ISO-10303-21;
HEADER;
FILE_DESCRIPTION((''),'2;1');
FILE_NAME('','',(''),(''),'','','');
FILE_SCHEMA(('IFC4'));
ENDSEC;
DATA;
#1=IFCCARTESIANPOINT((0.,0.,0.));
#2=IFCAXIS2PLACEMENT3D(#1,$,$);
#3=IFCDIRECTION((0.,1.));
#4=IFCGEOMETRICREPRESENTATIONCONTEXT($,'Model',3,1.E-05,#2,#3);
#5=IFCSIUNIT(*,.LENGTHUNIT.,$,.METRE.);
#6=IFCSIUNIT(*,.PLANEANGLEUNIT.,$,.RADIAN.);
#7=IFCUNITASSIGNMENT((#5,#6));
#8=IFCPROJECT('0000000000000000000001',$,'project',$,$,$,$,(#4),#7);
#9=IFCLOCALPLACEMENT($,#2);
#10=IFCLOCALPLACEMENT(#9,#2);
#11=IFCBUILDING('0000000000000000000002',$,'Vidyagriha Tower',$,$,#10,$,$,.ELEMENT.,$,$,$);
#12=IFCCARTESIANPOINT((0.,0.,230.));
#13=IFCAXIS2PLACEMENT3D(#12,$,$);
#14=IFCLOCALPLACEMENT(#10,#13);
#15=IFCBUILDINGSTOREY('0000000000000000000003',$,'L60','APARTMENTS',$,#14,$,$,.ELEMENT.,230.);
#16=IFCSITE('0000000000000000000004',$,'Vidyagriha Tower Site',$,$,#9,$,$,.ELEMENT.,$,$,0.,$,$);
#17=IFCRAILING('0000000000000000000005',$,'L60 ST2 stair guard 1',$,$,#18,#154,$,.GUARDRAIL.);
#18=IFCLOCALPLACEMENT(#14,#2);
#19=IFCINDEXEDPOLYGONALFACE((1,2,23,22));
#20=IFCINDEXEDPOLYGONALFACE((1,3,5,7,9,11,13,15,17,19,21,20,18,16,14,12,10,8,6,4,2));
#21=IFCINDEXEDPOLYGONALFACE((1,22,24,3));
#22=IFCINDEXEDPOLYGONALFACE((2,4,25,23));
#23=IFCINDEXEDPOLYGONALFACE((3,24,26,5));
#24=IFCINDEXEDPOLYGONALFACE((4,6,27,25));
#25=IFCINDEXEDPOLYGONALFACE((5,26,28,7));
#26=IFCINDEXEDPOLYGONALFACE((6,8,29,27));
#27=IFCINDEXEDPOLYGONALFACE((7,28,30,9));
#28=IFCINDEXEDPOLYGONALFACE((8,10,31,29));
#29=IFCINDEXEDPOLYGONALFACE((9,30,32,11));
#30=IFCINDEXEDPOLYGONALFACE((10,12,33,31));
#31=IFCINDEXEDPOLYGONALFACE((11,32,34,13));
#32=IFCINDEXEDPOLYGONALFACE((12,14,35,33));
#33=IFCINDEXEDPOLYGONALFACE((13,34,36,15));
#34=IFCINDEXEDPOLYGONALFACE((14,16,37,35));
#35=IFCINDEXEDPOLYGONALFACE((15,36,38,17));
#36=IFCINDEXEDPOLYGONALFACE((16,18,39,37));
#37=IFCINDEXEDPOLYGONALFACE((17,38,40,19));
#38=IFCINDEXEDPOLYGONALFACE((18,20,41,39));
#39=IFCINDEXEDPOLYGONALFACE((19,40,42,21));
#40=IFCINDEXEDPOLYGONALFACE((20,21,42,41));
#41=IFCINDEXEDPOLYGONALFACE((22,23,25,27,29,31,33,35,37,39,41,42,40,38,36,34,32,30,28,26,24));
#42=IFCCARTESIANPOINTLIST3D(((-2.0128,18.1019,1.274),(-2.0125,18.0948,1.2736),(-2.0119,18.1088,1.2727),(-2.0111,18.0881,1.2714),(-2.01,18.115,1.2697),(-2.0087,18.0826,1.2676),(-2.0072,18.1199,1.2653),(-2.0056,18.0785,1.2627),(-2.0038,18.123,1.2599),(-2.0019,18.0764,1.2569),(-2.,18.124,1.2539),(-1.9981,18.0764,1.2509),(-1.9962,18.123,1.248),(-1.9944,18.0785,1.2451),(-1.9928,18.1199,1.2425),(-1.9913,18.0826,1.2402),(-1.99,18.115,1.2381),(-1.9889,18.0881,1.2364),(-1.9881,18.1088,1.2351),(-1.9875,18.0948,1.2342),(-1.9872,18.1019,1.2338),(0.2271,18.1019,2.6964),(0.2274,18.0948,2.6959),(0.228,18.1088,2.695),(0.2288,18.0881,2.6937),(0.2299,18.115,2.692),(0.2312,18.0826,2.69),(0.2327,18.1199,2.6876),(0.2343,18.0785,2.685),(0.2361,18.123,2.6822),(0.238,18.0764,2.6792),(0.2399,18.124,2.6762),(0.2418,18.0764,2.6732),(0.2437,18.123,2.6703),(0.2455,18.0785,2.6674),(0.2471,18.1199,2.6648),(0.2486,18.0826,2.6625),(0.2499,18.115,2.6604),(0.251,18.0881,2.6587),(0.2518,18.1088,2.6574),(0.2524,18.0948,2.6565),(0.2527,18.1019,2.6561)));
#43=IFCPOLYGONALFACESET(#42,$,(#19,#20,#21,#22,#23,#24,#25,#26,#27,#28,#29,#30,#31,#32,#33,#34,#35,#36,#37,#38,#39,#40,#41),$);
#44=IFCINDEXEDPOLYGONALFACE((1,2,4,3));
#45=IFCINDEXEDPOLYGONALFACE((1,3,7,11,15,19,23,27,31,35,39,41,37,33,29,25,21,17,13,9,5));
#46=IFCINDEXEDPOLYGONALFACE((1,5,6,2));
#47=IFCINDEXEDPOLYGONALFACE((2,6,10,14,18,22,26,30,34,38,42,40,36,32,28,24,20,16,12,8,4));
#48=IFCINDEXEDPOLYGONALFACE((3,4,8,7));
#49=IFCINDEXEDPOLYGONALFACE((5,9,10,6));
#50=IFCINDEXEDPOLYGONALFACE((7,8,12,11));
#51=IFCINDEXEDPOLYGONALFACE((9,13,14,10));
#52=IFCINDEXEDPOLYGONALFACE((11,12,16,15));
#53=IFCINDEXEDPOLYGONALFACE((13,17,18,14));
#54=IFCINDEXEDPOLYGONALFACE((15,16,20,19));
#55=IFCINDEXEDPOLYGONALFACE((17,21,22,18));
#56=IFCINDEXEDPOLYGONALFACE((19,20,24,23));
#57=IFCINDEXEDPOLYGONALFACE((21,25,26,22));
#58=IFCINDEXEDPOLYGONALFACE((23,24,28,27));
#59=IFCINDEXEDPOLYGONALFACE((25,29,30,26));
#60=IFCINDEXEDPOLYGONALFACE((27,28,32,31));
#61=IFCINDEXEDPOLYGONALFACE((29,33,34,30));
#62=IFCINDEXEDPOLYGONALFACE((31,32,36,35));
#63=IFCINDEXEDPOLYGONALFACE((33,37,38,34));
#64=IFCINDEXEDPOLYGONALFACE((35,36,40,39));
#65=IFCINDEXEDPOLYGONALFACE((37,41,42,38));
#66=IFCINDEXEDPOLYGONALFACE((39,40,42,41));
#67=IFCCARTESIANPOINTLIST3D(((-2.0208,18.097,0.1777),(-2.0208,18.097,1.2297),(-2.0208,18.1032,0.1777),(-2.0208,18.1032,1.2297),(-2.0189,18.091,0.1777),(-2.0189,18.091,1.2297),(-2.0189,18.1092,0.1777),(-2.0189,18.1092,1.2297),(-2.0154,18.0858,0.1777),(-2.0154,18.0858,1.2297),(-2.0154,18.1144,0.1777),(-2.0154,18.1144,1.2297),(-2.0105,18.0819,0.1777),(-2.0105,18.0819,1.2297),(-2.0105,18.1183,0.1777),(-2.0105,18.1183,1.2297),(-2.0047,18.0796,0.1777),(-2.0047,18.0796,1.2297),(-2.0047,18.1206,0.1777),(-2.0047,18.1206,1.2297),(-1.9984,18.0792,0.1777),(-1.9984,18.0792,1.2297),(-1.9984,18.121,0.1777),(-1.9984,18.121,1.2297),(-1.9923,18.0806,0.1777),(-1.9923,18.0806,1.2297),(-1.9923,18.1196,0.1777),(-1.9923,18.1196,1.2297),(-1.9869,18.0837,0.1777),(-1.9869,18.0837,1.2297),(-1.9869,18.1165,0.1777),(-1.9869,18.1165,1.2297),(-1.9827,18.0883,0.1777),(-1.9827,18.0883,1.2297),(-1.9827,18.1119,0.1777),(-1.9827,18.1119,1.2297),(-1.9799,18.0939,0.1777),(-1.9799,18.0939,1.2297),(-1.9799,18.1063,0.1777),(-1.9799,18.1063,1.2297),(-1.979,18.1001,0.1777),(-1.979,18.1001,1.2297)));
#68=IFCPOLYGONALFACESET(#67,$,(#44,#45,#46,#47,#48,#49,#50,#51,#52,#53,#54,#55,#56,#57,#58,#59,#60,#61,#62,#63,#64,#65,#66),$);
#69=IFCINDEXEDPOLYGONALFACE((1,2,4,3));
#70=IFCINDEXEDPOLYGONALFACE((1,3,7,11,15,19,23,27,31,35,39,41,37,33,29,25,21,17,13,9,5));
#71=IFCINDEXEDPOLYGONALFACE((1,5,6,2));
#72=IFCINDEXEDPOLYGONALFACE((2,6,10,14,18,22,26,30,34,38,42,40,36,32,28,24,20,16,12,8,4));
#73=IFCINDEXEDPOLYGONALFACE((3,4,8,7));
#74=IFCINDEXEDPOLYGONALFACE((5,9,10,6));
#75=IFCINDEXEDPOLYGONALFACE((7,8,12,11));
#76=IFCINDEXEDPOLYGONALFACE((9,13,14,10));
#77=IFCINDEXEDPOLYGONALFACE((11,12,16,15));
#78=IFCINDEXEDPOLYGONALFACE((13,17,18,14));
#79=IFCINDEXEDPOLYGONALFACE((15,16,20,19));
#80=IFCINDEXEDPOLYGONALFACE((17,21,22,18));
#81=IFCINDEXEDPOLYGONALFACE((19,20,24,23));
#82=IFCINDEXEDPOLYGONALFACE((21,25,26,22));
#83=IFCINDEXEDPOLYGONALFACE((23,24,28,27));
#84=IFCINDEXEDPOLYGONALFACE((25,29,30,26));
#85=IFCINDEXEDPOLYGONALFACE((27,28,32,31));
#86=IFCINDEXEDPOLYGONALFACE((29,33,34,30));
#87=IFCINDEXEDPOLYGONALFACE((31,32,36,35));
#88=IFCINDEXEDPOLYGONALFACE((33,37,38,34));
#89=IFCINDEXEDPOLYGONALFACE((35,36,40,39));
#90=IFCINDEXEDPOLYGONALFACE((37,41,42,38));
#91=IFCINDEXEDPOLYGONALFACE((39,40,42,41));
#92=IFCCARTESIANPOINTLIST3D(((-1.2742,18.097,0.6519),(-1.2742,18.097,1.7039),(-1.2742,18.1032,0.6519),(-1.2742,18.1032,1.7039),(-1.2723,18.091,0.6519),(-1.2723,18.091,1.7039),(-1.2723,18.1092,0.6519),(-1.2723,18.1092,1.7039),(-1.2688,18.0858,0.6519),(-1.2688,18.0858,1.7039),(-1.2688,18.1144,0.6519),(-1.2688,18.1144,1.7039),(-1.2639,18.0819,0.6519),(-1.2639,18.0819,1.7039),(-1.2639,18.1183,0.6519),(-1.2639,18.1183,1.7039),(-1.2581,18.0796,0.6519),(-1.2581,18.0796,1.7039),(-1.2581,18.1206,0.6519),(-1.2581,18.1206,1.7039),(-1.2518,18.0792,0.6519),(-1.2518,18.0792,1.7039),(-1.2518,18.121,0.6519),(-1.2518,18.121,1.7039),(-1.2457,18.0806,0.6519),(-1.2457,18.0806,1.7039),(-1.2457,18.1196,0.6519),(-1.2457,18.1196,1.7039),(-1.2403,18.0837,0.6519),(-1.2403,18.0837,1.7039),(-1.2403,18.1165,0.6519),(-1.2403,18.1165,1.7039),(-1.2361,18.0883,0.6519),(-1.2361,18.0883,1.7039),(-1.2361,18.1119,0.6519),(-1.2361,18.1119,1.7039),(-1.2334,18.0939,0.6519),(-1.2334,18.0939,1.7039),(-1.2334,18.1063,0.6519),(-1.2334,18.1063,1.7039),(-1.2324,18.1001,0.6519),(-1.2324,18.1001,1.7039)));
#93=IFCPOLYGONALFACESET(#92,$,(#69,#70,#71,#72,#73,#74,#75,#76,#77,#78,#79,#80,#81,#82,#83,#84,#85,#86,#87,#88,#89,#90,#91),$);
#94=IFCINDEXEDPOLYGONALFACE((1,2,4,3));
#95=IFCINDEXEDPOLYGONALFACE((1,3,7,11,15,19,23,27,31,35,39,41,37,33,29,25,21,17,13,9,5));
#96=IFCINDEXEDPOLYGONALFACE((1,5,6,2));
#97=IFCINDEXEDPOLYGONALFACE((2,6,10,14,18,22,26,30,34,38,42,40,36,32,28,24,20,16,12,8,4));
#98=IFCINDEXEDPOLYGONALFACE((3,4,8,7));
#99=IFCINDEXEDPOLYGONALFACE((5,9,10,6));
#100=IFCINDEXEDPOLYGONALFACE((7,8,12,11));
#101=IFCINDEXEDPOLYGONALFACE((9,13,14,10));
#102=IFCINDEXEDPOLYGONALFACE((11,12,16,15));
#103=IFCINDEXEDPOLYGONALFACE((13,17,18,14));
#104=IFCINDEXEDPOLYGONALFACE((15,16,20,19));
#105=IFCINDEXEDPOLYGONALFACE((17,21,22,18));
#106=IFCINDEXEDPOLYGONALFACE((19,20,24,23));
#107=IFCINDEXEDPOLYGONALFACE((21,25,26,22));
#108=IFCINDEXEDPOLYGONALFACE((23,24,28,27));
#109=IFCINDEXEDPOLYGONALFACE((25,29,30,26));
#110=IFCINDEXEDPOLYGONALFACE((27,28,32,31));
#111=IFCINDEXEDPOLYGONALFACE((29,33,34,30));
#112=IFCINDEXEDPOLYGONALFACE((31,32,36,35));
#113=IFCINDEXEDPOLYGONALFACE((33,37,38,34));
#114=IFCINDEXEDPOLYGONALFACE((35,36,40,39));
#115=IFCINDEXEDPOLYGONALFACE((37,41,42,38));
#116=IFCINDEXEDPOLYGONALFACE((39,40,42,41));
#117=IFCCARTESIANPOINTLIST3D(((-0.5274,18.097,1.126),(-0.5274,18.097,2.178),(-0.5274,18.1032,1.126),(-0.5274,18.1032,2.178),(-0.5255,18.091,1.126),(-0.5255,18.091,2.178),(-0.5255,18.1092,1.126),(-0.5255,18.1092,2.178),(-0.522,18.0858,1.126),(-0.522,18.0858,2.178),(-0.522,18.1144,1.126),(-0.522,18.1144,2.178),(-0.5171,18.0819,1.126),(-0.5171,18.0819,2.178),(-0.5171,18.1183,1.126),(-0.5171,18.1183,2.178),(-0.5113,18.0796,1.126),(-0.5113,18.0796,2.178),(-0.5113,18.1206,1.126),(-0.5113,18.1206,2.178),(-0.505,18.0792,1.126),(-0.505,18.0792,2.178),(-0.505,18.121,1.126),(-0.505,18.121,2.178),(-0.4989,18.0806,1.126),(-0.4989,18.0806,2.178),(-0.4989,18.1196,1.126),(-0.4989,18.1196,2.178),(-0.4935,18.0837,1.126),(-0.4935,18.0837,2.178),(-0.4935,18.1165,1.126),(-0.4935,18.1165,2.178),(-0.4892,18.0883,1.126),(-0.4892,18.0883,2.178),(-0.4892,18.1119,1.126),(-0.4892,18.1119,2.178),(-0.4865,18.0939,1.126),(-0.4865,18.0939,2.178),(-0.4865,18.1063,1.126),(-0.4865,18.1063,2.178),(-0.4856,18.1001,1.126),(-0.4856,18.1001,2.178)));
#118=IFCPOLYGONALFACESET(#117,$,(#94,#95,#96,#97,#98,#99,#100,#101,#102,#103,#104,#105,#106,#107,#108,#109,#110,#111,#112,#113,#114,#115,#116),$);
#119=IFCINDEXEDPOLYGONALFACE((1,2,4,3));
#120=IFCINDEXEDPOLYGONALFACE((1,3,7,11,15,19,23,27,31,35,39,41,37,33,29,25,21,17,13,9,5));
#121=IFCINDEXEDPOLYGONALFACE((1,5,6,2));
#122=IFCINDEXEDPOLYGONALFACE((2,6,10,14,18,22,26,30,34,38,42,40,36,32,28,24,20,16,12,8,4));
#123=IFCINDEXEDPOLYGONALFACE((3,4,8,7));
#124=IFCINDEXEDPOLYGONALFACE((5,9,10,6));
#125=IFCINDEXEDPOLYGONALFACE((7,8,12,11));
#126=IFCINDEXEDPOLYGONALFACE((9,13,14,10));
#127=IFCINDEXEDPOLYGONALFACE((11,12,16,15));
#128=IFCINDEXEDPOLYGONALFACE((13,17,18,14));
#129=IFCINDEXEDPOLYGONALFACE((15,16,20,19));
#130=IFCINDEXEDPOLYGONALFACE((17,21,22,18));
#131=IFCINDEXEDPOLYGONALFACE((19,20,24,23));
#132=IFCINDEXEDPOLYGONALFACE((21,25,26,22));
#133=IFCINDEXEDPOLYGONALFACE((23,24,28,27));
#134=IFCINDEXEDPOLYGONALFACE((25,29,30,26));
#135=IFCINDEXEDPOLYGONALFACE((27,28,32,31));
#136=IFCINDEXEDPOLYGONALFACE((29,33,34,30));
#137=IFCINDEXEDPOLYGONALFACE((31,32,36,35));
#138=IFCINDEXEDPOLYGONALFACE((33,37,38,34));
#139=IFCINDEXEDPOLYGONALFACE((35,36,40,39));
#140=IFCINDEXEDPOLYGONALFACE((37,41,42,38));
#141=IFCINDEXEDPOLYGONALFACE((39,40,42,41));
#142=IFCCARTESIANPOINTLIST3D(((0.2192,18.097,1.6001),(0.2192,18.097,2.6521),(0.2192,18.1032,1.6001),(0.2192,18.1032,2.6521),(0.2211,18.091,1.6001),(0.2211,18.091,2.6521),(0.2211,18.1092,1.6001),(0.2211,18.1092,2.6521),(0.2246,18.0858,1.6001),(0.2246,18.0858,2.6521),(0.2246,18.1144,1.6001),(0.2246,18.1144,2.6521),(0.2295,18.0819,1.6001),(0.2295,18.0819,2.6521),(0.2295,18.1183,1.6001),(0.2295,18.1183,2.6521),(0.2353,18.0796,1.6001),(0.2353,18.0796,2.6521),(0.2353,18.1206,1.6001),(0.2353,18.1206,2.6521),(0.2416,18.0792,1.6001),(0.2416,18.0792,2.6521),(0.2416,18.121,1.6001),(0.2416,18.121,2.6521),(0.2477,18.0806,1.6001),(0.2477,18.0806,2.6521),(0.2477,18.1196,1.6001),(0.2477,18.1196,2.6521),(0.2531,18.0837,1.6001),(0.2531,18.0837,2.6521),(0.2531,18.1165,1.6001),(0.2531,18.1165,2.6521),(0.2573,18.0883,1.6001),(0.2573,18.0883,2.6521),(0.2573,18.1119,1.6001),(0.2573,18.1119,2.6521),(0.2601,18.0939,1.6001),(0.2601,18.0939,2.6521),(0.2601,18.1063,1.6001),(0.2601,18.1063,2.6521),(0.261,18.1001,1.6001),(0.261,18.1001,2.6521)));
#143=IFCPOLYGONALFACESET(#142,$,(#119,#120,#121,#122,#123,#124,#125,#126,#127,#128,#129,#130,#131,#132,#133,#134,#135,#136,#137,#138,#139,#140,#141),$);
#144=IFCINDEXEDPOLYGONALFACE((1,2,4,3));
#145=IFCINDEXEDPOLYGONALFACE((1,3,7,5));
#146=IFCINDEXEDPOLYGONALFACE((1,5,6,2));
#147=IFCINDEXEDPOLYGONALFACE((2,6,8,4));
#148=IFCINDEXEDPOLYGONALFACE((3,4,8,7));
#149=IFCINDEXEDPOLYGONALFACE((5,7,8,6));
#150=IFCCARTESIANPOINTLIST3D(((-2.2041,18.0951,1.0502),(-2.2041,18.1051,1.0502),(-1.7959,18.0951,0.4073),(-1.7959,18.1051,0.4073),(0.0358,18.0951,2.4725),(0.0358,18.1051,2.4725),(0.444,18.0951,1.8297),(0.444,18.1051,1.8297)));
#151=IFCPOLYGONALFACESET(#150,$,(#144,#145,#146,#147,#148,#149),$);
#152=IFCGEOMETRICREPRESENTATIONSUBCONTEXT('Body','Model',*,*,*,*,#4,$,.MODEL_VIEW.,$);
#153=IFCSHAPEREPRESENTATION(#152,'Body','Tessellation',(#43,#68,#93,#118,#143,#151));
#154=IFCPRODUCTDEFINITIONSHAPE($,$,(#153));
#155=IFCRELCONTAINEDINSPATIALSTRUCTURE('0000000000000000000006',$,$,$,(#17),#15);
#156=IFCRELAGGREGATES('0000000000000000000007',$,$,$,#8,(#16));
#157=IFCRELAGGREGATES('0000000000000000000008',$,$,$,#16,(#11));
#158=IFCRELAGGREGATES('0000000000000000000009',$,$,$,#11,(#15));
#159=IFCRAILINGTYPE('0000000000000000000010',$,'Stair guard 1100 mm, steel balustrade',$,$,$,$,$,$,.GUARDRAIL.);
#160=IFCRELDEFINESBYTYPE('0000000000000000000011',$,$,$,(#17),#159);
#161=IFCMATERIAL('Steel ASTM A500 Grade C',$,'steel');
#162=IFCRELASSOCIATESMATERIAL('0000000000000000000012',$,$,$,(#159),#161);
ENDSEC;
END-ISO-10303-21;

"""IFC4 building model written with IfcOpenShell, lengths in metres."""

from ifc_helpers import new_model, si_unit, direction, frame, origin, origin_2d, place, context, subcontext, project, spatial, rectangle, circle, extrude, material, type_object, element, save


model = new_model("IFC4")

# Units and contexts
model_context = context("Model", 3, precision=1e-05, world=origin(), true_north=direction((0.0, 1.0)))
body_context = subcontext(model_context, "Body", "Model", "MODEL_VIEW")
ifc_project = project(units=[si_unit("LENGTHUNIT", "METRE"), si_unit("PLANEANGLEUNIT", "RADIAN")], contexts=[model_context])

# Site, building, storey
site_placement = place(None, origin())
site = spatial("IfcSite", under=ifc_project, at=site_placement, Name="Vidyagriha Tower Site", CompositionType="ELEMENT", RefElevation=0.0)
building_placement = place(site_placement, origin())
building = spatial("IfcBuilding", under=site, at=building_placement, Name="Vidyagriha Tower", CompositionType="ELEMENT")
storey_placement = place(building_placement, frame((0.0, 0.0, 230.0)))
storey = spatial("IfcBuildingStorey", under=building, at=storey_placement, Name="L60", Description="APARTMENTS", CompositionType="ELEMENT", Elevation=230.0)

# Railing
ifc_material_1 = material(Name="Steel ASTM A500 Grade C", Category="steel")
railing_type_1 = type_object("IfcRailingType", Name="Stair guard 1100 mm, steel balustrade", PredefinedType="GUARDRAIL", material=ifc_material_1)
railing_1_placement = place(storey_placement, frame((-2.0, 18.1001, 0.1777)))
element("IfcRailing", 1, at=railing_1_placement, inside=storey, type_object=railing_type_1, Name="L60 ST2 stair guard 1", PredefinedType="GUARDRAIL", context=body_context, shape_type="SweptSolid", body=[
    extrude(circle(Radius=0.0239, at=origin_2d()), frame((0.0, 0.0, 1.0762), z_axis=(0.844188, 0.0, 0.536048), x_axis=(0.0, 1.0, 0.0)), (0.0, 0.0, 1.0), 2.6533),
    extrude(circle(Radius=0.021, at=origin_2d()), origin(), (0.0, 0.0, 1.0), 1.052),
    extrude(circle(Radius=0.021, at=origin_2d()), frame((0.7466, 0.0, 0.4741)), (0.0, 0.0, 1.0), 1.052),
    extrude(circle(Radius=0.021, at=origin_2d()), frame((1.4934, 0.0, 0.9482)), (0.0, 0.0, 1.0), 1.052),
    extrude(circle(Radius=0.021, at=origin_2d()), frame((2.24, 0.0, 1.4224)), (0.0, 0.0, 1.0), 1.052),
    extrude(rectangle(XDim=0.01, YDim=0.7615, at=origin_2d()), frame((0.0, 0.0, 0.551), z_axis=(0.844188, 0.0, 0.536048), x_axis=(0.0, 1.0, 0.0)), (0.0, 0.0, 1.0), 2.6533),
])

save(model, "model.ifc")
